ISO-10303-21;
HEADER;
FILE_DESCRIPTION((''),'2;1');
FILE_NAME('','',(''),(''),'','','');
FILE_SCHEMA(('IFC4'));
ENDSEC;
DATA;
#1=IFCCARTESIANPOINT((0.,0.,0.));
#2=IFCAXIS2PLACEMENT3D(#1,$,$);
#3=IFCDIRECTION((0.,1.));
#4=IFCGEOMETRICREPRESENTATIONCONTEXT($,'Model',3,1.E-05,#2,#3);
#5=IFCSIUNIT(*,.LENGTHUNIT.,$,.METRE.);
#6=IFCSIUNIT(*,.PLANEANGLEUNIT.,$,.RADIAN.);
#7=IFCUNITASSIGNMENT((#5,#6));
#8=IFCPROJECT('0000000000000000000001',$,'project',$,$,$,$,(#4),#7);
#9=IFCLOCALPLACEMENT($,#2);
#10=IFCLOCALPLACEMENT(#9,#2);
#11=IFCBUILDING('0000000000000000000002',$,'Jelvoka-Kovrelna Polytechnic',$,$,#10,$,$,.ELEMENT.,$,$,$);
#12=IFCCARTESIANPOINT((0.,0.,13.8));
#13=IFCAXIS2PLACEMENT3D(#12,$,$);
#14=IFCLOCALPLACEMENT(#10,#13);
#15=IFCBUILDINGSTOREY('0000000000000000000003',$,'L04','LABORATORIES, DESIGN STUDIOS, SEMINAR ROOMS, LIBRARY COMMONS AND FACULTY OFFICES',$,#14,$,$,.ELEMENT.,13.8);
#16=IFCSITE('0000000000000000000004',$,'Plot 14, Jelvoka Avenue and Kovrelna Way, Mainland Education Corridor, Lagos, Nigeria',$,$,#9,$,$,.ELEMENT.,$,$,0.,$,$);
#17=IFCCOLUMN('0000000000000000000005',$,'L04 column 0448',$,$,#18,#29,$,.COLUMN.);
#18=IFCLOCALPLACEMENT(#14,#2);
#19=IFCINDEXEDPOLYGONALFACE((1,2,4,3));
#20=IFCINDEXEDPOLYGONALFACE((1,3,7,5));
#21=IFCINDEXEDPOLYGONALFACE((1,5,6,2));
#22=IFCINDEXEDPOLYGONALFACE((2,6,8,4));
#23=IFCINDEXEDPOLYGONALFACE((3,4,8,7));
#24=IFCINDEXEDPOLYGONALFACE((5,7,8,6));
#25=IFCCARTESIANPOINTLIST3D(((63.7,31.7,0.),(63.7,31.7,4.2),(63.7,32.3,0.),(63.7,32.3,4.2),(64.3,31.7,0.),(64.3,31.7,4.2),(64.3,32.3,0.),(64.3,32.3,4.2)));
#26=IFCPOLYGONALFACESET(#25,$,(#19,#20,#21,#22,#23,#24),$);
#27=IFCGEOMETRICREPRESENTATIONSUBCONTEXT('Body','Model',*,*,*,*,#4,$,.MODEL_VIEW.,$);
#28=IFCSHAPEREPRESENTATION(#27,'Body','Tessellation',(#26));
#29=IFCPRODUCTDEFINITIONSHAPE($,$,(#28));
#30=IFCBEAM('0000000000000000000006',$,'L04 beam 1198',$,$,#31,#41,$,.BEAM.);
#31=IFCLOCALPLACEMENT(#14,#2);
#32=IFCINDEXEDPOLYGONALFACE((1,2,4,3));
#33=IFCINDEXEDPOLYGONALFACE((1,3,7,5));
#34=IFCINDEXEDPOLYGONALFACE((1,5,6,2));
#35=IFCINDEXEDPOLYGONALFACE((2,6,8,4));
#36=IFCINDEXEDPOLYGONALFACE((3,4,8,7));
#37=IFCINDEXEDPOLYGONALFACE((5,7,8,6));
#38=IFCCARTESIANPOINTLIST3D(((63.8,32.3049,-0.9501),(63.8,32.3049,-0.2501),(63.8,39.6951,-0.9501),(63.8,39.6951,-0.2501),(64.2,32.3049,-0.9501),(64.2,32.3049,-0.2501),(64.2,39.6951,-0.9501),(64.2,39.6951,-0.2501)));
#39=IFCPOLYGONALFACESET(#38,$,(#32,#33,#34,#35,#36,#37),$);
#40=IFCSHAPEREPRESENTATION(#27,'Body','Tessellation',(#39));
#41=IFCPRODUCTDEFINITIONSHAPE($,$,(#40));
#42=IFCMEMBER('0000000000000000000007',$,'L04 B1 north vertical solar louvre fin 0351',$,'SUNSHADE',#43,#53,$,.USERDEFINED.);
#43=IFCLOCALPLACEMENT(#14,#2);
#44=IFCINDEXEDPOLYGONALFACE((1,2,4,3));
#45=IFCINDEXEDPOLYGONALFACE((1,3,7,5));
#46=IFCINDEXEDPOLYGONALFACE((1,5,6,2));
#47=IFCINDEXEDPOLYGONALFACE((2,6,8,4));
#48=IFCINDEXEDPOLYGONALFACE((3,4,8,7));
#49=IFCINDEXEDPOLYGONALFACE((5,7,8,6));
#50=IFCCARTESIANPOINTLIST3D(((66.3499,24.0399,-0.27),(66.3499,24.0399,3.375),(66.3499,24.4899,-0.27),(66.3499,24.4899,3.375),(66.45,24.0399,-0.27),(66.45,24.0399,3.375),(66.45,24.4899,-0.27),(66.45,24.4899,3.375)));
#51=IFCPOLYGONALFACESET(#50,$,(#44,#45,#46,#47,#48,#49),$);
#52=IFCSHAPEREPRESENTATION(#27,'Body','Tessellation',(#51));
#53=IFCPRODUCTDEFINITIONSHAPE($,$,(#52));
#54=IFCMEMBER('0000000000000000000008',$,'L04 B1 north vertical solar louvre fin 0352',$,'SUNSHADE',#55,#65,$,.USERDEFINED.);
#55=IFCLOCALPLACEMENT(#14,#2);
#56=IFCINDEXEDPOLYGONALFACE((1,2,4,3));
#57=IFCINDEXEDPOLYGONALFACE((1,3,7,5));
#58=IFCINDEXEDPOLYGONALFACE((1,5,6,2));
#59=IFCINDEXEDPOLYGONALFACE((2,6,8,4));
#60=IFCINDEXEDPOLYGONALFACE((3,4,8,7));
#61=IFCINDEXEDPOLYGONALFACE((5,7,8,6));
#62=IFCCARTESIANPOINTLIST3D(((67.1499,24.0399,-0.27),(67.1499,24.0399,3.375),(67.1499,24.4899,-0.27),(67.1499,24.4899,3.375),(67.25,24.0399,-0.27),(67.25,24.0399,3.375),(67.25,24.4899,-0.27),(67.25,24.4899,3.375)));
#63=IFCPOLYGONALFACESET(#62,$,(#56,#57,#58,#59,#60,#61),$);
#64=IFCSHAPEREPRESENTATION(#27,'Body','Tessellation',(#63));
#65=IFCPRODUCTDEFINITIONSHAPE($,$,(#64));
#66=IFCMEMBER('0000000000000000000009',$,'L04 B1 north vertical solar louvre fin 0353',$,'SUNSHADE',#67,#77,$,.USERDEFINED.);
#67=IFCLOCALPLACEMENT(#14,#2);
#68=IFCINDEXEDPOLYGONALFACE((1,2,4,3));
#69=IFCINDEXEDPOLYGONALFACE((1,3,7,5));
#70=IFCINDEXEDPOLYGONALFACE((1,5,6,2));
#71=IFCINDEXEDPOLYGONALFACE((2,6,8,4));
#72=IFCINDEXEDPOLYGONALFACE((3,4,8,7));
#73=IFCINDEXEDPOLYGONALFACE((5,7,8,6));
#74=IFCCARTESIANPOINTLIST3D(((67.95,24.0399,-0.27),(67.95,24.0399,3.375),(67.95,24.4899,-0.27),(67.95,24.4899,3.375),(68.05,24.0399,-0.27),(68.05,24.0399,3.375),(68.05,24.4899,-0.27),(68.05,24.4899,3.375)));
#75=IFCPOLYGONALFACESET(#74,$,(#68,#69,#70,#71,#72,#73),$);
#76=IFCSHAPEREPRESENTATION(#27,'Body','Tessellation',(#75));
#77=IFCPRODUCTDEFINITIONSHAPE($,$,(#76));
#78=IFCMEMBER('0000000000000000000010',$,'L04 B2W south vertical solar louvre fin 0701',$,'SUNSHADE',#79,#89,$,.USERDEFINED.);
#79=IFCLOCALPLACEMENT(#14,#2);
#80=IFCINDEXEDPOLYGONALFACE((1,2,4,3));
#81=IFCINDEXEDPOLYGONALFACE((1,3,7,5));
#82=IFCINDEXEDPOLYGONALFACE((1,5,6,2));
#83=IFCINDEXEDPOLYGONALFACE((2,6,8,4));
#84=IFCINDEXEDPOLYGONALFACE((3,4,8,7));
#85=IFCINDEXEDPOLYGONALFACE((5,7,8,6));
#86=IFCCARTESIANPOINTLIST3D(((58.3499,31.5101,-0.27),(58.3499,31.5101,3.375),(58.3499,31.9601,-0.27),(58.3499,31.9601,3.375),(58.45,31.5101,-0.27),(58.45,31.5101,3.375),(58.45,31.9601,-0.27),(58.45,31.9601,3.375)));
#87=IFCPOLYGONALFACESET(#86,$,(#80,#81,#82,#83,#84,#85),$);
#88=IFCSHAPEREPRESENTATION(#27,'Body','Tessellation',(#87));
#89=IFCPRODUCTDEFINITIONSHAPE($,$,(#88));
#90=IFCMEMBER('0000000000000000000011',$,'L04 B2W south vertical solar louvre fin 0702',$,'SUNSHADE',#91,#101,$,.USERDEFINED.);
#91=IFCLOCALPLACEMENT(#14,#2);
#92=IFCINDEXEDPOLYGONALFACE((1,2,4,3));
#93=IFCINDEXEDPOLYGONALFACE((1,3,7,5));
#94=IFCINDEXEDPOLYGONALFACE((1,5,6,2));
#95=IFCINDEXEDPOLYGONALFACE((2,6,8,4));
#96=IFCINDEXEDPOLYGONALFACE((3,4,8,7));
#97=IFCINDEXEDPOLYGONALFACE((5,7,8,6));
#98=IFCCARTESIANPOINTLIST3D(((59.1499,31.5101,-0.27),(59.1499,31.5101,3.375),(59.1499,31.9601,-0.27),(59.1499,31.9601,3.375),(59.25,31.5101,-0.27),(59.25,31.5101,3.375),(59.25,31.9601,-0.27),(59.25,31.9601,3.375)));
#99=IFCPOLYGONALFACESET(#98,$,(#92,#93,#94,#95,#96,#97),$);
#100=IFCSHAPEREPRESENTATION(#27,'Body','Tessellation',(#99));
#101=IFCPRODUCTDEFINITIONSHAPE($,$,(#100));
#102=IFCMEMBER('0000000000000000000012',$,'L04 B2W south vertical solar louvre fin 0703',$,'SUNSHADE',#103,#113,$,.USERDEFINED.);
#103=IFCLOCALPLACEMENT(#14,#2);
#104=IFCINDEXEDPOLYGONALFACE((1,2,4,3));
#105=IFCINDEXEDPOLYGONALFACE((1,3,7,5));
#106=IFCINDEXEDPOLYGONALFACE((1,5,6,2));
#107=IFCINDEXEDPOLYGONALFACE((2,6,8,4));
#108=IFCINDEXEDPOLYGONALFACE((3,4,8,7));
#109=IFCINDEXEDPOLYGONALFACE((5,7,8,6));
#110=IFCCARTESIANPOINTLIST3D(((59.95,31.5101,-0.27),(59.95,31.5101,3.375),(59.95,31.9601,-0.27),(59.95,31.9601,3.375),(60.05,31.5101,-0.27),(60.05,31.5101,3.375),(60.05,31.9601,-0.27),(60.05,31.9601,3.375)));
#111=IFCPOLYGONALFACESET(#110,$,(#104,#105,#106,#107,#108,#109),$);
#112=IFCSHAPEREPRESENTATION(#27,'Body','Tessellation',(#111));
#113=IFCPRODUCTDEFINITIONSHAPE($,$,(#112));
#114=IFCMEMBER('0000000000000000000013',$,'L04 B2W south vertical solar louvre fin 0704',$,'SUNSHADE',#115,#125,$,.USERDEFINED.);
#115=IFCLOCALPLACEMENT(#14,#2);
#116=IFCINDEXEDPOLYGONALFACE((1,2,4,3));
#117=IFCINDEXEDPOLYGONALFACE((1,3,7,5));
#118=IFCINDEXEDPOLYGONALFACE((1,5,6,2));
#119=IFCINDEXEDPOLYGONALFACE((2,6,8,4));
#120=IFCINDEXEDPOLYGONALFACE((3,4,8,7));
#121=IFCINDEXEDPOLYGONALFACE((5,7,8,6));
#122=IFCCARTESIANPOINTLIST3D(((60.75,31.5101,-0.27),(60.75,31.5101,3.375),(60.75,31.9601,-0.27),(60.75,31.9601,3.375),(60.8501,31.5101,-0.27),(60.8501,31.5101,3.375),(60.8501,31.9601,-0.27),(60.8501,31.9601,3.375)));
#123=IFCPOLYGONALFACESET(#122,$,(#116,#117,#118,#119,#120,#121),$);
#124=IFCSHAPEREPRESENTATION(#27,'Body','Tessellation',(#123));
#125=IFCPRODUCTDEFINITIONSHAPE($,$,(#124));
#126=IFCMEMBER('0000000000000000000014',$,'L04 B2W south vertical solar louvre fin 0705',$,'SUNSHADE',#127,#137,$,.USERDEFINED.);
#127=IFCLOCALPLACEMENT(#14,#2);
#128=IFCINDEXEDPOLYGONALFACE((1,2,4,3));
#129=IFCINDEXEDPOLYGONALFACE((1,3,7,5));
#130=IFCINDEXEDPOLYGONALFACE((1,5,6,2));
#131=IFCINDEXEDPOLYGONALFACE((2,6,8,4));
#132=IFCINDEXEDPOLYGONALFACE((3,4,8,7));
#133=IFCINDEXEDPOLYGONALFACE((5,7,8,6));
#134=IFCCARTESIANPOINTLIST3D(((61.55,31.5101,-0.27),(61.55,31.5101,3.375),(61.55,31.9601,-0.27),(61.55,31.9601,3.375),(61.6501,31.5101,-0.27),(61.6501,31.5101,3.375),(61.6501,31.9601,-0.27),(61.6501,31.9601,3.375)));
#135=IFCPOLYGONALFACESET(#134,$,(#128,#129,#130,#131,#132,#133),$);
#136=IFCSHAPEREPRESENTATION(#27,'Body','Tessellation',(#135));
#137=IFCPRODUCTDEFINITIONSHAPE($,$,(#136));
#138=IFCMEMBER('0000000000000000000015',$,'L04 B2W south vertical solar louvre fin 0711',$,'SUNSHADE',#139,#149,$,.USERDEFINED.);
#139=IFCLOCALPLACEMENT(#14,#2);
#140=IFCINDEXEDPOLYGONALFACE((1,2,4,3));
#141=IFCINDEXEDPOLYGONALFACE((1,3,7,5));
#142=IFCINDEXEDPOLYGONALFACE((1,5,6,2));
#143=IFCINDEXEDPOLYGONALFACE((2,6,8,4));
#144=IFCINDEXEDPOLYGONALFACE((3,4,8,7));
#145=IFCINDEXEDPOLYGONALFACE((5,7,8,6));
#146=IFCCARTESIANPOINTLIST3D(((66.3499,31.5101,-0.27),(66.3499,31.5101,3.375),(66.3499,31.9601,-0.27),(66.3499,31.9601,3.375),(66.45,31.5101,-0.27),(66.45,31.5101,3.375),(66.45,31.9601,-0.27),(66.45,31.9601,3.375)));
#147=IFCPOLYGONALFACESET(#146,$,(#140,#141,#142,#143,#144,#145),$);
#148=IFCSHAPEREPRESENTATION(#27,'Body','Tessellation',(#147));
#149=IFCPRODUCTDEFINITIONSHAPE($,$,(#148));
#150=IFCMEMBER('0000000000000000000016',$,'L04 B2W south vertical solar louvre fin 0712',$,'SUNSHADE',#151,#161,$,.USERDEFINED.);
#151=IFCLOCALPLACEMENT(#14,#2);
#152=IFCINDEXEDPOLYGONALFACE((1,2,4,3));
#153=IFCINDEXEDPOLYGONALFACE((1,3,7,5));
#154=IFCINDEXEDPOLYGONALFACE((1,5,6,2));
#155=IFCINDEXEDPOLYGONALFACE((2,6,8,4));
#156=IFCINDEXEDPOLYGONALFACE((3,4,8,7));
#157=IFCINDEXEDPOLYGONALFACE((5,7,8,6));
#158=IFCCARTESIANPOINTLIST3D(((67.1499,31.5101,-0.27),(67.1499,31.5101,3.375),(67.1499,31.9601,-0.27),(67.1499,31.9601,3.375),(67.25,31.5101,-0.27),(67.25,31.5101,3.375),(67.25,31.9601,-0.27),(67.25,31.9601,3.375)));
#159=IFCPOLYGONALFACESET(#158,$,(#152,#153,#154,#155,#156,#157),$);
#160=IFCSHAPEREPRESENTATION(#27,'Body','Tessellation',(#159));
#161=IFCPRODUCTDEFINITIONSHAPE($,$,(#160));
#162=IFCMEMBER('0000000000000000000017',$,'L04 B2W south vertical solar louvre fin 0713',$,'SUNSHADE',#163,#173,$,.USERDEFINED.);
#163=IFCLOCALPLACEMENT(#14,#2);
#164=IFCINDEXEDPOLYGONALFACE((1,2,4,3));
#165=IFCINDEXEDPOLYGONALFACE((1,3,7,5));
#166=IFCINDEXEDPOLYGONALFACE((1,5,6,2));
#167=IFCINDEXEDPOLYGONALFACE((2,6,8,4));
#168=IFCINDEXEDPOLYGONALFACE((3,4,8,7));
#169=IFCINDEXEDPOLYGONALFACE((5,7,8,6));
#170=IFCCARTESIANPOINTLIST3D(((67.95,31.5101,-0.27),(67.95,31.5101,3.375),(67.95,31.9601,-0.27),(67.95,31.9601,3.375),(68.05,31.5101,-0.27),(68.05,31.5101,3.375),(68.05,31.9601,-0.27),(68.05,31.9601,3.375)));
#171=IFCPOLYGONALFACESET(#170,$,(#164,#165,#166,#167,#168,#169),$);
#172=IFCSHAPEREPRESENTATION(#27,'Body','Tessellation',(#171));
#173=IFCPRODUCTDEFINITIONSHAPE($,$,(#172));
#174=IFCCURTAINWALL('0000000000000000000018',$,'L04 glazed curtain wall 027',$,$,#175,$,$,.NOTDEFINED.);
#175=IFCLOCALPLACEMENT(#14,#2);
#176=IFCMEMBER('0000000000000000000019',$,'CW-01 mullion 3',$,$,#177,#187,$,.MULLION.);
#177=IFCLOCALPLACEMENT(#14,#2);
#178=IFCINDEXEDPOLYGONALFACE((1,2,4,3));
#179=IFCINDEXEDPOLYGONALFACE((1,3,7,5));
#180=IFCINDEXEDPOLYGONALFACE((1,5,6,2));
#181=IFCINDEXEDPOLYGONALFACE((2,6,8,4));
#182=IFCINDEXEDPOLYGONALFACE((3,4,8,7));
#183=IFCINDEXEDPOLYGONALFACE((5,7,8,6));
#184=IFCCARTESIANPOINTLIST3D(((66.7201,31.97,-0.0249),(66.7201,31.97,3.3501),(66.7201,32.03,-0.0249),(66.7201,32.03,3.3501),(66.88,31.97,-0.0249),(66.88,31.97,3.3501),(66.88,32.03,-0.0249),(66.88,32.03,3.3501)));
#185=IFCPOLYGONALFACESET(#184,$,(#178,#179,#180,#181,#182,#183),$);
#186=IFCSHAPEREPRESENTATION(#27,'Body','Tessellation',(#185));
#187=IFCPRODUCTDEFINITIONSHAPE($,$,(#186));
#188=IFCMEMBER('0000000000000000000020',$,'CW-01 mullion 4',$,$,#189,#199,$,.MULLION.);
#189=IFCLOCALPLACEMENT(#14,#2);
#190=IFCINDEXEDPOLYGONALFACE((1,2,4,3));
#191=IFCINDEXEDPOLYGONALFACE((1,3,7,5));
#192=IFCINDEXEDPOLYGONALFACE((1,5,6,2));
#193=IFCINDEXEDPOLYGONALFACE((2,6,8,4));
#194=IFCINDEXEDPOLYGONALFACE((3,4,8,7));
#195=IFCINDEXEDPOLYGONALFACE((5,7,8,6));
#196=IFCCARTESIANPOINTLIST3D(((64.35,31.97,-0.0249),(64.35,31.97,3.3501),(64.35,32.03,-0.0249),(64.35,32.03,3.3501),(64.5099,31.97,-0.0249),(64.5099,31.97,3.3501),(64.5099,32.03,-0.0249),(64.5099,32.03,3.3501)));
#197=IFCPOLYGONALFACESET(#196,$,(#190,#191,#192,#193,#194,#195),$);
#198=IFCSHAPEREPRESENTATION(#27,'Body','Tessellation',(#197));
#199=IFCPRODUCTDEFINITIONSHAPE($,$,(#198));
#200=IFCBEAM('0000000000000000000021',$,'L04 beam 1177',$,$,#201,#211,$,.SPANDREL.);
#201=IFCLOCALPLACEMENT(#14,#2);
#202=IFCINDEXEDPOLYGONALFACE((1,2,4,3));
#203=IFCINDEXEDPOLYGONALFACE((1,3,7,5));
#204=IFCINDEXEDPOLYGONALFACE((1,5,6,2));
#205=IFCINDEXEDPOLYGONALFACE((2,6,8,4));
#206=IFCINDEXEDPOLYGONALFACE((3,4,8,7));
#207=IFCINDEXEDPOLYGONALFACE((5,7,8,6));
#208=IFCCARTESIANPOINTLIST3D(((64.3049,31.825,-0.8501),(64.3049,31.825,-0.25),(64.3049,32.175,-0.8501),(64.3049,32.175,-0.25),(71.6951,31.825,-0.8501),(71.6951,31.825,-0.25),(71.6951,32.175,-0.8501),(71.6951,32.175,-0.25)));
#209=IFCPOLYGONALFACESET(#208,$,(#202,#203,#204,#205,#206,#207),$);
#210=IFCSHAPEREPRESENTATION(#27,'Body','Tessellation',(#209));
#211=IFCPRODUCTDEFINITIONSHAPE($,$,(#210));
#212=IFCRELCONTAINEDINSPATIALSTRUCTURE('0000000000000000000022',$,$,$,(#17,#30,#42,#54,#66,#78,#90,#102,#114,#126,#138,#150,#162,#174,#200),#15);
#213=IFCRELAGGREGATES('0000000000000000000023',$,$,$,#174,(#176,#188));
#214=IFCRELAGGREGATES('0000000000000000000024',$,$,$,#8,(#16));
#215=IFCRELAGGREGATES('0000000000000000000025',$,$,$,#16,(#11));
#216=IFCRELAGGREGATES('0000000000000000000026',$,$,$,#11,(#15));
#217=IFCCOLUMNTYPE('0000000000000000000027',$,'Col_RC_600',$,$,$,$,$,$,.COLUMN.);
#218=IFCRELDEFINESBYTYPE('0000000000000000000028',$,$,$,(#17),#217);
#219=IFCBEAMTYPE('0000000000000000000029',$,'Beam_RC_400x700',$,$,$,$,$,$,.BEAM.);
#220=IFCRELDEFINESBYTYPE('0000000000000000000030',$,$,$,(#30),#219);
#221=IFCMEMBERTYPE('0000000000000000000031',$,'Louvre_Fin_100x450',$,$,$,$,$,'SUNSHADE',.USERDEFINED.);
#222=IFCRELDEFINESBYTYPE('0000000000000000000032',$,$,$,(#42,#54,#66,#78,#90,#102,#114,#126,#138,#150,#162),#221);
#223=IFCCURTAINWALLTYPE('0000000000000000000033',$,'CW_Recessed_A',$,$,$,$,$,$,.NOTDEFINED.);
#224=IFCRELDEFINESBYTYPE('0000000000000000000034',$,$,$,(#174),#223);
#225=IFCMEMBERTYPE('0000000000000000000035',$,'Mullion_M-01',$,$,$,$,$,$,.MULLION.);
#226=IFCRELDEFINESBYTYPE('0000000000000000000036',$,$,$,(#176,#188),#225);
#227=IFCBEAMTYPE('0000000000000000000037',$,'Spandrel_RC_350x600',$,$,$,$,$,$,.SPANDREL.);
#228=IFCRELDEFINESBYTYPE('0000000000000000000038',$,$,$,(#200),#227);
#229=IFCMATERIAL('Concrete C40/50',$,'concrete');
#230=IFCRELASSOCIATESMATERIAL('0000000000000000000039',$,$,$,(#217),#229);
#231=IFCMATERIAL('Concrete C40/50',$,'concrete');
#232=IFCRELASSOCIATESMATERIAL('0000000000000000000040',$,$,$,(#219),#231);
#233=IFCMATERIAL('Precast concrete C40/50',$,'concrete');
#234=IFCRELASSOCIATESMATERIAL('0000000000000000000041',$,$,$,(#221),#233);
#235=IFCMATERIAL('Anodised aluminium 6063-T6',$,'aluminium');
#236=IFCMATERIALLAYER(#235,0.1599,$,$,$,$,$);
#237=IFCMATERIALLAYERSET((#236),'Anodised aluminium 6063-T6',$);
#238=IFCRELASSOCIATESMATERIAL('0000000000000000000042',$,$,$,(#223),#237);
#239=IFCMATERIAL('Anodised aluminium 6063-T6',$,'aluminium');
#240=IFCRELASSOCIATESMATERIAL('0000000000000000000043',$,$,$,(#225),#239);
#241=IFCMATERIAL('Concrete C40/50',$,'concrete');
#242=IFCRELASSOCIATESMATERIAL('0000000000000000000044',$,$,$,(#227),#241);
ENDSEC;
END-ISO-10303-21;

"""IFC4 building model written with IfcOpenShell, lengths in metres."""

from ifc_helpers import new_model, si_unit, direction, frame, origin, origin_2d, place, context, subcontext, project, spatial, rectangle, extrude, material, layer, layer_set, material_profile, profile_set, type_object, element, aggregate, save


model = new_model("IFC4")

# Units and contexts
model_context = context("Model", 3, precision=1e-05, world=origin(), true_north=direction((0.0, 1.0)))
body_context = subcontext(model_context, "Body", "Model", "MODEL_VIEW")
ifc_project = project(units=[si_unit("LENGTHUNIT", "METRE"), si_unit("PLANEANGLEUNIT", "RADIAN")], contexts=[model_context])

# Site, building, storey
site_placement = place(None, origin())
site = spatial("IfcSite", under=ifc_project, at=site_placement, Name="Plot 14, Jelvoka Avenue and Kovrelna Way, Mainland Education Corridor, Lagos, Nigeria", CompositionType="ELEMENT", RefElevation=0.0)
building_placement = place(site_placement, origin())
building = spatial("IfcBuilding", under=site, at=building_placement, Name="Jelvoka-Kovrelna Polytechnic", CompositionType="ELEMENT")
storey_placement = place(building_placement, frame((0.0, 0.0, 13.8)))
storey = spatial("IfcBuildingStorey", under=building, at=storey_placement, Name="L04", Description="LABORATORIES, DESIGN STUDIOS, SEMINAR ROOMS, LIBRARY COMMONS AND FACULTY OFFICES", CompositionType="ELEMENT", Elevation=13.8)

# Column
ifc_material_1 = material(Name="Concrete C40/50", Category="concrete")
ifc_material_profile_1 = material_profile(ifc_material_1, rectangle(XDim=0.6001, YDim=0.6001, at=origin_2d()), Name="RC 600x600")
ifc_profile_set_1 = profile_set([ifc_material_profile_1], Name="Concrete C40/50")
column_type = type_object("IfcColumnType", Name="Col_RC_600", PredefinedType="COLUMN", material=ifc_profile_set_1)
column_placement = place(storey_placement, frame((64.0, 32.0, 0.0), z_axis=(0.0, 0.0, 1.0), x_axis=(1.0, 0.0, 0.0)))
element("IfcColumn", 1, at=column_placement, inside=storey, type_object=column_type, Name="L04 column 0448", PredefinedType="COLUMN", context=body_context, shape_type="SweptSolid", body=[
    extrude(rectangle(XDim=0.6001, YDim=0.6001, at=origin_2d()), origin(), (0.0, 0.0, 1.0), 4.2),
])

# Beam
ifc_material_2 = material(Name="Concrete C40/50", Category="concrete")
ifc_material_profile_2 = material_profile(ifc_material_2, rectangle(XDim=0.3999, YDim=0.7, at=origin_2d()), Name="RC 400x700")
ifc_profile_set_2 = profile_set([ifc_material_profile_2], Name="Concrete C40/50")
beam_type_1 = type_object("IfcBeamType", Name="Beam_RC_400x700", PredefinedType="BEAM", material=ifc_profile_set_2)
beam_1_placement = place(storey_placement, frame((64.0, 32.3049, -0.6001), z_axis=(0.0, 1.0, 0.0), x_axis=(-1.0, 0.0, 0.0)))
element("IfcBeam", 2, at=beam_1_placement, inside=storey, type_object=beam_type_1, Name="L04 beam 1198", PredefinedType="BEAM", context=body_context, shape_type="SweptSolid", body=[
    extrude(rectangle(XDim=0.3999, YDim=0.7, at=origin_2d()), origin(), (0.0, 0.0, 1.0), 7.3901),
])

# Members
ifc_material_3 = material(Name="Precast concrete C40/50", Category="concrete")
ifc_material_profile_3 = material_profile(ifc_material_3, rectangle(XDim=0.1001, YDim=0.45, at=origin_2d()), Name="PC 100x450")
ifc_profile_set_3 = profile_set([ifc_material_profile_3], Name="Precast concrete C40/50")
member_type_1 = type_object("IfcMemberType", Name="Louvre_Fin_100x450", ElementType="SUNSHADE", PredefinedType="USERDEFINED", material=ifc_profile_set_3)
for number, where, z_axis, x_axis, name in (
    (3, (66.3999, 24.2649, -0.27), (0.0, 0.0, 1.0), (1.0, 0.0, 0.0), "L04 B1 north vertical solar louvre fin 0351"),
    (4, (67.2, 24.2649, -0.27), (0.0, 0.0, 1.0), (1.0, 0.0, 0.0), "L04 B1 north vertical solar louvre fin 0352"),
    (5, (68.0, 24.2649, -0.27), (0.0, 0.0, 1.0), (1.0, 0.0, 0.0), "L04 B1 north vertical solar louvre fin 0353"),
    (6, (58.3999, 31.7351, -0.27), (0.0, 0.0, 1.0), (1.0, 0.0, 0.0), "L04 B2W south vertical solar louvre fin 0701"),
    (7, (59.2, 31.7351, -0.27), (0.0, 0.0, 1.0), (1.0, 0.0, 0.0), "L04 B2W south vertical solar louvre fin 0702"),
    (8, (60.0, 31.7351, -0.27), (0.0, 0.0, 1.0), (1.0, 0.0, 0.0), "L04 B2W south vertical solar louvre fin 0703"),
    (9, (60.8, 31.7351, -0.27), (0.0, 0.0, 1.0), (1.0, 0.0, 0.0), "L04 B2W south vertical solar louvre fin 0704"),
    (10, (61.6001, 31.7351, -0.27), (0.0, 0.0, 1.0), (1.0, 0.0, 0.0), "L04 B2W south vertical solar louvre fin 0705"),
    (11, (66.3999, 31.7351, -0.27), (0.0, 0.0, 1.0), (1.0, 0.0, 0.0), "L04 B2W south vertical solar louvre fin 0711"),
    (12, (67.2, 31.7351, -0.27), (0.0, 0.0, 1.0), (1.0, 0.0, 0.0), "L04 B2W south vertical solar louvre fin 0712"),
    (13, (68.0, 31.7351, -0.27), (0.0, 0.0, 1.0), (1.0, 0.0, 0.0), "L04 B2W south vertical solar louvre fin 0713"),
):
    element("IfcMember", number, at=place(storey_placement, frame(where, z_axis=z_axis, x_axis=x_axis)), inside=storey, type_object=member_type_1, Name=name, ObjectType="SUNSHADE", PredefinedType="USERDEFINED", context=body_context, shape_type="SweptSolid", body=[
        extrude(rectangle(XDim=0.1001, YDim=0.45, at=origin_2d()), origin(), (0.0, 0.0, 1.0), 3.645),
    ])

# Curtain wall, members
ifc_material_4 = material(Name="Anodised aluminium 6063-T6", Category="aluminium")
ifc_layer_1 = layer(ifc_material_4, 0.1599)
ifc_layer_set_1 = layer_set([ifc_layer_1], Name="Anodised aluminium 6063-T6")
curtain_wall_type = type_object("IfcCurtainWallType", Name="CW_Recessed_A", PredefinedType="NOTDEFINED", material=ifc_layer_set_1)
curtain_wall_placement = place(storey_placement, origin())
curtain_wall = element("IfcCurtainWall", 14, at=curtain_wall_placement, inside=storey, type_object=curtain_wall_type, Name="L04 glazed curtain wall 027", PredefinedType="NOTDEFINED")
ifc_material_5 = material(Name="Anodised aluminium 6063-T6", Category="aluminium")
ifc_material_profile_4 = material_profile(ifc_material_5, rectangle(XDim=0.0601, YDim=0.1599, at=origin_2d()), Name="ALU 60x160")
ifc_profile_set_4 = profile_set([ifc_material_profile_4], Name="Anodised aluminium 6063-T6")
member_type_2 = type_object("IfcMemberType", Name="Mullion_M-01", PredefinedType="MULLION", material=ifc_profile_set_4)
member_1_placement = place(storey_placement, frame((66.8, 32.0, -0.0249), z_axis=(0.0, 0.0, 1.0), x_axis=(0.0, -1.0, 0.0)))
member_1 = element("IfcMember", 15, at=member_1_placement, type_object=member_type_2, Name="CW-01 mullion 3", PredefinedType="MULLION", context=body_context, shape_type="SweptSolid", body=[
    extrude(rectangle(XDim=0.0601, YDim=0.1599, at=origin_2d()), origin(), (0.0, 0.0, 1.0), 3.375),
])
member_2_placement = place(storey_placement, frame((64.4299, 32.0, -0.0249), z_axis=(0.0, 0.0, 1.0), x_axis=(0.0, -1.0, 0.0)))
member_2 = element("IfcMember", 16, at=member_2_placement, type_object=member_type_2, Name="CW-01 mullion 4", PredefinedType="MULLION", context=body_context, shape_type="SweptSolid", body=[
    extrude(rectangle(XDim=0.0601, YDim=0.1599, at=origin_2d()), origin(), (0.0, 0.0, 1.0), 3.375),
])

# Beam
ifc_material_6 = material(Name="Concrete C40/50", Category="concrete")
ifc_material_profile_5 = material_profile(ifc_material_6, rectangle(XDim=0.3501, YDim=0.6001, at=origin_2d()), Name="RC 350x600")
ifc_profile_set_5 = profile_set([ifc_material_profile_5], Name="Concrete C40/50")
beam_type_2 = type_object("IfcBeamType", Name="Spandrel_RC_350x600", PredefinedType="SPANDREL", material=ifc_profile_set_5)
beam_2_placement = place(storey_placement, frame((64.3049, 32.0, -0.55), z_axis=(1.0, 0.0, 0.0), x_axis=(0.0, 1.0, 0.0)))
element("IfcBeam", 17, at=beam_2_placement, inside=storey, type_object=beam_type_2, Name="L04 beam 1177", PredefinedType="SPANDREL", context=body_context, shape_type="SweptSolid", body=[
    extrude(rectangle(XDim=0.3501, YDim=0.6001, at=origin_2d()), origin(), (0.0, 0.0, 1.0), 7.3901),
])

aggregate(curtain_wall, [member_1, member_2])

save(model, "model.ifc")
